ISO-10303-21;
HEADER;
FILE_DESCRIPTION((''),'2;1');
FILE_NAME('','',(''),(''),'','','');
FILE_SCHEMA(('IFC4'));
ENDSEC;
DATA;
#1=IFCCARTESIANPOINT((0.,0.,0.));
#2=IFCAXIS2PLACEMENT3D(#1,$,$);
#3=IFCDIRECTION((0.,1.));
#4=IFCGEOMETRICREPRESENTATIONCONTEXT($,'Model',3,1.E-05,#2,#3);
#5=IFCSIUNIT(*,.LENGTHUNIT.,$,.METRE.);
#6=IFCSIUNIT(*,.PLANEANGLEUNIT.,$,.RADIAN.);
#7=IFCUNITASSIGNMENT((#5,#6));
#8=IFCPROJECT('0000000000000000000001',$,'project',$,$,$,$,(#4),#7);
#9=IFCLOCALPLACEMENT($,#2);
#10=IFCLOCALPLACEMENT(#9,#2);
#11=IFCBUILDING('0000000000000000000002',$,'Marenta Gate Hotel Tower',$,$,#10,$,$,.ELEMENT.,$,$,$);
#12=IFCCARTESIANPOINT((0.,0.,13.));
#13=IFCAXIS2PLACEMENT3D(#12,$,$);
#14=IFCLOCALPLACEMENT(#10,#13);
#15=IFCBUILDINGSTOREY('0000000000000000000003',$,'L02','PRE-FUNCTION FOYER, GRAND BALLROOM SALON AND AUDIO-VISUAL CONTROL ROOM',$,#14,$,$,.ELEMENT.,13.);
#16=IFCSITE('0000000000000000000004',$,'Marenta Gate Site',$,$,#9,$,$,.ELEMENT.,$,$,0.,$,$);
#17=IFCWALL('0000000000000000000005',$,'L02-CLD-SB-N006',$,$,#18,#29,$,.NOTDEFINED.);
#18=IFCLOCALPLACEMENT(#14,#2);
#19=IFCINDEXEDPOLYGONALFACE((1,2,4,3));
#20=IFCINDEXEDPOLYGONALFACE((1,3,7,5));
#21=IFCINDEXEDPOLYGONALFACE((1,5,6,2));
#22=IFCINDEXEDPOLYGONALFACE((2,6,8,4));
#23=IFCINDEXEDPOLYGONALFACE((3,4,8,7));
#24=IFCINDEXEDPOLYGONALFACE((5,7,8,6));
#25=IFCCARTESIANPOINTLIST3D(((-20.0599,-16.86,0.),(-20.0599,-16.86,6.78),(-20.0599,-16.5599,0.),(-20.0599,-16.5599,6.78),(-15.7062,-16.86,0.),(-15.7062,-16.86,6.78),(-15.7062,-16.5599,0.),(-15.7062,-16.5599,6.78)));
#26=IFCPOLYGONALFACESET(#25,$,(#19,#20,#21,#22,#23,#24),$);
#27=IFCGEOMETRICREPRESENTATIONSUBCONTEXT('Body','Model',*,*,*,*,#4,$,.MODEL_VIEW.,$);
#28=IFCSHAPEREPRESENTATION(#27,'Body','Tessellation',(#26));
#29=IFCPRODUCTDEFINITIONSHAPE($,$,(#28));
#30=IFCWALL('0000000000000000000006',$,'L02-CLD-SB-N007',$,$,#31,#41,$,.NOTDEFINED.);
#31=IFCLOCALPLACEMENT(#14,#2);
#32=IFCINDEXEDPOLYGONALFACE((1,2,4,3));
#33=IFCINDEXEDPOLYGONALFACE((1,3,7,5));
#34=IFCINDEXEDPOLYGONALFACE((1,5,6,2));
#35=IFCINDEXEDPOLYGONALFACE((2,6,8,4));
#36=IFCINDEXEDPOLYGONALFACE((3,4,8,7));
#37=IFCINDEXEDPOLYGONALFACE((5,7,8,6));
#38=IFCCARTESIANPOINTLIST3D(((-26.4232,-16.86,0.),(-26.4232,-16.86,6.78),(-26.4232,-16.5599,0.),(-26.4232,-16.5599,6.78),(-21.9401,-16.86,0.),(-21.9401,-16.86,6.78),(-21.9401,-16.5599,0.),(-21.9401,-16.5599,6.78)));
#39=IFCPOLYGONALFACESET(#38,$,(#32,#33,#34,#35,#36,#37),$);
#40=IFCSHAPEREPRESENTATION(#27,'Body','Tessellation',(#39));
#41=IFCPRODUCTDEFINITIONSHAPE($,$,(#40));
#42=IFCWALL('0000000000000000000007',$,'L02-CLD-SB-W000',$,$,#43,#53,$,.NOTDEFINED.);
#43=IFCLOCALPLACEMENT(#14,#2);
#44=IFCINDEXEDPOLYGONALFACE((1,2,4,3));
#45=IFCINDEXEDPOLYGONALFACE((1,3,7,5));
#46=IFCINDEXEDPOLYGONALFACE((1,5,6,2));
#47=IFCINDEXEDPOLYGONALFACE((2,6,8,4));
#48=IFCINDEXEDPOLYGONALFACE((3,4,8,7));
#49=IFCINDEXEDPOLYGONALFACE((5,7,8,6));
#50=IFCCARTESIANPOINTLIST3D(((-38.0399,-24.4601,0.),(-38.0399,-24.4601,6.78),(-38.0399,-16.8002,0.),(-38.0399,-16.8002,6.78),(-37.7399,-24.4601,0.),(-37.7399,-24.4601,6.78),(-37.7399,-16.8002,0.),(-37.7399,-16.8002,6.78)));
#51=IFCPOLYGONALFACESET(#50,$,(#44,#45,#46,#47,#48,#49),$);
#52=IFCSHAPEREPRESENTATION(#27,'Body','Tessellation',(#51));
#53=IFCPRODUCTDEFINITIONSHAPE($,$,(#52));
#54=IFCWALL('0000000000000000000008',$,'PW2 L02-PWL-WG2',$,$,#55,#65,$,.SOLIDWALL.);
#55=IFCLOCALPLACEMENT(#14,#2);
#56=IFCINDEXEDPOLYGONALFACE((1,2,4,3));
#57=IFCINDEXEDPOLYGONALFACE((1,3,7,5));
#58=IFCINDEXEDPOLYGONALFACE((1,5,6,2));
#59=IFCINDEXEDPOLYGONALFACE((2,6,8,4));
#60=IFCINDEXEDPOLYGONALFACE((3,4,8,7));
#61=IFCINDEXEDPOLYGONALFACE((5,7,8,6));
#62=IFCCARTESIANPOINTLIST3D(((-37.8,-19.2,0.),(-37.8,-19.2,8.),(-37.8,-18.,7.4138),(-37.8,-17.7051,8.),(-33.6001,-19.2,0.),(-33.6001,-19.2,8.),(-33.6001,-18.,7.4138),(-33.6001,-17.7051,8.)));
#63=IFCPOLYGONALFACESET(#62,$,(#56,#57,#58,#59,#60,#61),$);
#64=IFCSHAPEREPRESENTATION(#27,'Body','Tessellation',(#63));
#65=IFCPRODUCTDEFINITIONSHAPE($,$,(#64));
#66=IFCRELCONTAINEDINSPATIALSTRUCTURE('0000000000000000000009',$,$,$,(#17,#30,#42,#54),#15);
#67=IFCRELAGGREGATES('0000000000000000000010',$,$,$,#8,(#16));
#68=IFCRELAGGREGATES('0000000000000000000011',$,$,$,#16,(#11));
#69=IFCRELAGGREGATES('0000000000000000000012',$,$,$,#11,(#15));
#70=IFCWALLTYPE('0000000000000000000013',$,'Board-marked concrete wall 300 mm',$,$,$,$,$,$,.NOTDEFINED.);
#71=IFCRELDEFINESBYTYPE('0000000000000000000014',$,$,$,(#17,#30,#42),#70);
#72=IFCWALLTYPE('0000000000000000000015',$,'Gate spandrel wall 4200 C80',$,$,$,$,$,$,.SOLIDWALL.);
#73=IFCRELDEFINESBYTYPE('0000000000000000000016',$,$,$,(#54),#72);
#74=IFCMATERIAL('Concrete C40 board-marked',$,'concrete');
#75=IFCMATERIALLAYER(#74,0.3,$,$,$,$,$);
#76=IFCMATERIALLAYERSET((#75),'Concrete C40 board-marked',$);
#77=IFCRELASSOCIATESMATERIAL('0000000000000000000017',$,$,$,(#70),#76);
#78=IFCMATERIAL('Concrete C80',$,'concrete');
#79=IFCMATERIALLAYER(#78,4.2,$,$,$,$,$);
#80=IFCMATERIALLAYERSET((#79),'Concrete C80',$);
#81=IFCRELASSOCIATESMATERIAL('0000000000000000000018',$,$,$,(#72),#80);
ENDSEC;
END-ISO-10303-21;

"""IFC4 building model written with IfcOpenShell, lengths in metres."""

from ifc_helpers import new_model, si_unit, direction, frame, frame_2d, origin, place, context, subcontext, project, spatial, polyline, rectangle, outline, extrude, material, layer, layer_set, type_object, element, save


model = new_model("IFC4")

# Units and contexts
model_context = context("Model", 3, precision=1e-05, world=origin(), true_north=direction((0.0, 1.0)))
body_context = subcontext(model_context, "Body", "Model", "MODEL_VIEW")
ifc_project = project(units=[si_unit("LENGTHUNIT", "METRE"), si_unit("PLANEANGLEUNIT", "RADIAN")], contexts=[model_context])

# Site, building, storey
site_placement = place(None, origin())
site = spatial("IfcSite", under=ifc_project, at=site_placement, Name="Marenta Gate Site", CompositionType="ELEMENT", RefElevation=0.0)
building_placement = place(site_placement, origin())
building = spatial("IfcBuilding", under=site, at=building_placement, Name="Marenta Gate Hotel Tower", CompositionType="ELEMENT")
storey_placement = place(building_placement, frame((0.0, 0.0, 13.0)))
storey = spatial("IfcBuildingStorey", under=building, at=storey_placement, Name="L02", Description="PRE-FUNCTION FOYER, GRAND BALLROOM SALON AND AUDIO-VISUAL CONTROL ROOM", CompositionType="ELEMENT", Elevation=13.0)

# Walls
ifc_material_1 = material(Name="Concrete C40 board-marked", Category="concrete")
ifc_layer_1 = layer(ifc_material_1, 0.3)
ifc_layer_set_1 = layer_set([ifc_layer_1], Name="Concrete C40 board-marked")
wall_type_1 = type_object("IfcWallType", Name="Board-marked concrete wall 300 mm", PredefinedType="NOTDEFINED", material=ifc_layer_set_1)
wall_1_placement = place(storey_placement, frame((-15.7063, -16.71, 0.0), z_axis=(0.0, 0.0, 1.0), x_axis=(-1.0, 0.0, 0.0)))
element("IfcWall", 1, at=wall_1_placement, inside=storey, type_object=wall_type_1, Name="L02-CLD-SB-N006", PredefinedType="NOTDEFINED", context=body_context, shape_type="SweptSolid", body=[
    extrude(rectangle(XDim=4.3538, YDim=0.3, at=frame_2d((2.1768, 0.0))), origin(), (0.0, 0.0, 1.0), 6.78),
])
wall_2_placement = place(storey_placement, frame((-21.9399, -16.71, 0.0), z_axis=(0.0, 0.0, 1.0), x_axis=(-1.0, 0.0, 0.0)))
element("IfcWall", 2, at=wall_2_placement, inside=storey, type_object=wall_type_1, Name="L02-CLD-SB-N007", PredefinedType="NOTDEFINED", context=body_context, shape_type="SweptSolid", body=[
    extrude(rectangle(XDim=4.4832, YDim=0.3, at=frame_2d((2.2417, 0.0))), origin(), (0.0, 0.0, 1.0), 6.78),
])

# Walls
wall_3_placement = place(storey_placement, frame((-37.8899, -16.8, 0.0), z_axis=(0.0, 0.0, 1.0), x_axis=(0.0, -1.0, 0.0)))
element("IfcWall", 3, at=wall_3_placement, inside=storey, type_object=wall_type_1, Name="L02-CLD-SB-W000", PredefinedType="NOTDEFINED", context=body_context, shape_type="SweptSolid", body=[
    extrude(rectangle(XDim=7.6599, YDim=0.3, at=frame_2d((3.8301, 0.0))), origin(), (0.0, 0.0, 1.0), 6.78),
])
ifc_material_2 = material(Name="Concrete C80", Category="concrete")
ifc_layer_2 = layer(ifc_material_2, 4.2)
ifc_layer_set_2 = layer_set([ifc_layer_2], Name="Concrete C80")
wall_type_2 = type_object("IfcWallType", Name="Gate spandrel wall 4200 C80", PredefinedType="SOLIDWALL", material=ifc_layer_set_2)
wall_4_placement = place(storey_placement, frame((-37.8, -18.0, 7.4138), z_axis=(-1.0, 0.0, 0.0), x_axis=(0.0, -0.159774, -0.987154)))
element("IfcWall", 4, at=wall_4_placement, inside=storey, type_object=wall_type_2, Name="PW2 L02-PWL-WG2", PredefinedType="SOLIDWALL", context=body_context, shape_type="SweptSolid", body=[
    extrude(outline(polyline([(0.0, 0.0), (7.5103, 0.0), (-0.3869, 1.2782), (-0.6258, -0.1975), (0.0, 0.0)])), origin(), (0.0, 0.0, -1.0), 4.2),
])

save(model, "model.ifc")
